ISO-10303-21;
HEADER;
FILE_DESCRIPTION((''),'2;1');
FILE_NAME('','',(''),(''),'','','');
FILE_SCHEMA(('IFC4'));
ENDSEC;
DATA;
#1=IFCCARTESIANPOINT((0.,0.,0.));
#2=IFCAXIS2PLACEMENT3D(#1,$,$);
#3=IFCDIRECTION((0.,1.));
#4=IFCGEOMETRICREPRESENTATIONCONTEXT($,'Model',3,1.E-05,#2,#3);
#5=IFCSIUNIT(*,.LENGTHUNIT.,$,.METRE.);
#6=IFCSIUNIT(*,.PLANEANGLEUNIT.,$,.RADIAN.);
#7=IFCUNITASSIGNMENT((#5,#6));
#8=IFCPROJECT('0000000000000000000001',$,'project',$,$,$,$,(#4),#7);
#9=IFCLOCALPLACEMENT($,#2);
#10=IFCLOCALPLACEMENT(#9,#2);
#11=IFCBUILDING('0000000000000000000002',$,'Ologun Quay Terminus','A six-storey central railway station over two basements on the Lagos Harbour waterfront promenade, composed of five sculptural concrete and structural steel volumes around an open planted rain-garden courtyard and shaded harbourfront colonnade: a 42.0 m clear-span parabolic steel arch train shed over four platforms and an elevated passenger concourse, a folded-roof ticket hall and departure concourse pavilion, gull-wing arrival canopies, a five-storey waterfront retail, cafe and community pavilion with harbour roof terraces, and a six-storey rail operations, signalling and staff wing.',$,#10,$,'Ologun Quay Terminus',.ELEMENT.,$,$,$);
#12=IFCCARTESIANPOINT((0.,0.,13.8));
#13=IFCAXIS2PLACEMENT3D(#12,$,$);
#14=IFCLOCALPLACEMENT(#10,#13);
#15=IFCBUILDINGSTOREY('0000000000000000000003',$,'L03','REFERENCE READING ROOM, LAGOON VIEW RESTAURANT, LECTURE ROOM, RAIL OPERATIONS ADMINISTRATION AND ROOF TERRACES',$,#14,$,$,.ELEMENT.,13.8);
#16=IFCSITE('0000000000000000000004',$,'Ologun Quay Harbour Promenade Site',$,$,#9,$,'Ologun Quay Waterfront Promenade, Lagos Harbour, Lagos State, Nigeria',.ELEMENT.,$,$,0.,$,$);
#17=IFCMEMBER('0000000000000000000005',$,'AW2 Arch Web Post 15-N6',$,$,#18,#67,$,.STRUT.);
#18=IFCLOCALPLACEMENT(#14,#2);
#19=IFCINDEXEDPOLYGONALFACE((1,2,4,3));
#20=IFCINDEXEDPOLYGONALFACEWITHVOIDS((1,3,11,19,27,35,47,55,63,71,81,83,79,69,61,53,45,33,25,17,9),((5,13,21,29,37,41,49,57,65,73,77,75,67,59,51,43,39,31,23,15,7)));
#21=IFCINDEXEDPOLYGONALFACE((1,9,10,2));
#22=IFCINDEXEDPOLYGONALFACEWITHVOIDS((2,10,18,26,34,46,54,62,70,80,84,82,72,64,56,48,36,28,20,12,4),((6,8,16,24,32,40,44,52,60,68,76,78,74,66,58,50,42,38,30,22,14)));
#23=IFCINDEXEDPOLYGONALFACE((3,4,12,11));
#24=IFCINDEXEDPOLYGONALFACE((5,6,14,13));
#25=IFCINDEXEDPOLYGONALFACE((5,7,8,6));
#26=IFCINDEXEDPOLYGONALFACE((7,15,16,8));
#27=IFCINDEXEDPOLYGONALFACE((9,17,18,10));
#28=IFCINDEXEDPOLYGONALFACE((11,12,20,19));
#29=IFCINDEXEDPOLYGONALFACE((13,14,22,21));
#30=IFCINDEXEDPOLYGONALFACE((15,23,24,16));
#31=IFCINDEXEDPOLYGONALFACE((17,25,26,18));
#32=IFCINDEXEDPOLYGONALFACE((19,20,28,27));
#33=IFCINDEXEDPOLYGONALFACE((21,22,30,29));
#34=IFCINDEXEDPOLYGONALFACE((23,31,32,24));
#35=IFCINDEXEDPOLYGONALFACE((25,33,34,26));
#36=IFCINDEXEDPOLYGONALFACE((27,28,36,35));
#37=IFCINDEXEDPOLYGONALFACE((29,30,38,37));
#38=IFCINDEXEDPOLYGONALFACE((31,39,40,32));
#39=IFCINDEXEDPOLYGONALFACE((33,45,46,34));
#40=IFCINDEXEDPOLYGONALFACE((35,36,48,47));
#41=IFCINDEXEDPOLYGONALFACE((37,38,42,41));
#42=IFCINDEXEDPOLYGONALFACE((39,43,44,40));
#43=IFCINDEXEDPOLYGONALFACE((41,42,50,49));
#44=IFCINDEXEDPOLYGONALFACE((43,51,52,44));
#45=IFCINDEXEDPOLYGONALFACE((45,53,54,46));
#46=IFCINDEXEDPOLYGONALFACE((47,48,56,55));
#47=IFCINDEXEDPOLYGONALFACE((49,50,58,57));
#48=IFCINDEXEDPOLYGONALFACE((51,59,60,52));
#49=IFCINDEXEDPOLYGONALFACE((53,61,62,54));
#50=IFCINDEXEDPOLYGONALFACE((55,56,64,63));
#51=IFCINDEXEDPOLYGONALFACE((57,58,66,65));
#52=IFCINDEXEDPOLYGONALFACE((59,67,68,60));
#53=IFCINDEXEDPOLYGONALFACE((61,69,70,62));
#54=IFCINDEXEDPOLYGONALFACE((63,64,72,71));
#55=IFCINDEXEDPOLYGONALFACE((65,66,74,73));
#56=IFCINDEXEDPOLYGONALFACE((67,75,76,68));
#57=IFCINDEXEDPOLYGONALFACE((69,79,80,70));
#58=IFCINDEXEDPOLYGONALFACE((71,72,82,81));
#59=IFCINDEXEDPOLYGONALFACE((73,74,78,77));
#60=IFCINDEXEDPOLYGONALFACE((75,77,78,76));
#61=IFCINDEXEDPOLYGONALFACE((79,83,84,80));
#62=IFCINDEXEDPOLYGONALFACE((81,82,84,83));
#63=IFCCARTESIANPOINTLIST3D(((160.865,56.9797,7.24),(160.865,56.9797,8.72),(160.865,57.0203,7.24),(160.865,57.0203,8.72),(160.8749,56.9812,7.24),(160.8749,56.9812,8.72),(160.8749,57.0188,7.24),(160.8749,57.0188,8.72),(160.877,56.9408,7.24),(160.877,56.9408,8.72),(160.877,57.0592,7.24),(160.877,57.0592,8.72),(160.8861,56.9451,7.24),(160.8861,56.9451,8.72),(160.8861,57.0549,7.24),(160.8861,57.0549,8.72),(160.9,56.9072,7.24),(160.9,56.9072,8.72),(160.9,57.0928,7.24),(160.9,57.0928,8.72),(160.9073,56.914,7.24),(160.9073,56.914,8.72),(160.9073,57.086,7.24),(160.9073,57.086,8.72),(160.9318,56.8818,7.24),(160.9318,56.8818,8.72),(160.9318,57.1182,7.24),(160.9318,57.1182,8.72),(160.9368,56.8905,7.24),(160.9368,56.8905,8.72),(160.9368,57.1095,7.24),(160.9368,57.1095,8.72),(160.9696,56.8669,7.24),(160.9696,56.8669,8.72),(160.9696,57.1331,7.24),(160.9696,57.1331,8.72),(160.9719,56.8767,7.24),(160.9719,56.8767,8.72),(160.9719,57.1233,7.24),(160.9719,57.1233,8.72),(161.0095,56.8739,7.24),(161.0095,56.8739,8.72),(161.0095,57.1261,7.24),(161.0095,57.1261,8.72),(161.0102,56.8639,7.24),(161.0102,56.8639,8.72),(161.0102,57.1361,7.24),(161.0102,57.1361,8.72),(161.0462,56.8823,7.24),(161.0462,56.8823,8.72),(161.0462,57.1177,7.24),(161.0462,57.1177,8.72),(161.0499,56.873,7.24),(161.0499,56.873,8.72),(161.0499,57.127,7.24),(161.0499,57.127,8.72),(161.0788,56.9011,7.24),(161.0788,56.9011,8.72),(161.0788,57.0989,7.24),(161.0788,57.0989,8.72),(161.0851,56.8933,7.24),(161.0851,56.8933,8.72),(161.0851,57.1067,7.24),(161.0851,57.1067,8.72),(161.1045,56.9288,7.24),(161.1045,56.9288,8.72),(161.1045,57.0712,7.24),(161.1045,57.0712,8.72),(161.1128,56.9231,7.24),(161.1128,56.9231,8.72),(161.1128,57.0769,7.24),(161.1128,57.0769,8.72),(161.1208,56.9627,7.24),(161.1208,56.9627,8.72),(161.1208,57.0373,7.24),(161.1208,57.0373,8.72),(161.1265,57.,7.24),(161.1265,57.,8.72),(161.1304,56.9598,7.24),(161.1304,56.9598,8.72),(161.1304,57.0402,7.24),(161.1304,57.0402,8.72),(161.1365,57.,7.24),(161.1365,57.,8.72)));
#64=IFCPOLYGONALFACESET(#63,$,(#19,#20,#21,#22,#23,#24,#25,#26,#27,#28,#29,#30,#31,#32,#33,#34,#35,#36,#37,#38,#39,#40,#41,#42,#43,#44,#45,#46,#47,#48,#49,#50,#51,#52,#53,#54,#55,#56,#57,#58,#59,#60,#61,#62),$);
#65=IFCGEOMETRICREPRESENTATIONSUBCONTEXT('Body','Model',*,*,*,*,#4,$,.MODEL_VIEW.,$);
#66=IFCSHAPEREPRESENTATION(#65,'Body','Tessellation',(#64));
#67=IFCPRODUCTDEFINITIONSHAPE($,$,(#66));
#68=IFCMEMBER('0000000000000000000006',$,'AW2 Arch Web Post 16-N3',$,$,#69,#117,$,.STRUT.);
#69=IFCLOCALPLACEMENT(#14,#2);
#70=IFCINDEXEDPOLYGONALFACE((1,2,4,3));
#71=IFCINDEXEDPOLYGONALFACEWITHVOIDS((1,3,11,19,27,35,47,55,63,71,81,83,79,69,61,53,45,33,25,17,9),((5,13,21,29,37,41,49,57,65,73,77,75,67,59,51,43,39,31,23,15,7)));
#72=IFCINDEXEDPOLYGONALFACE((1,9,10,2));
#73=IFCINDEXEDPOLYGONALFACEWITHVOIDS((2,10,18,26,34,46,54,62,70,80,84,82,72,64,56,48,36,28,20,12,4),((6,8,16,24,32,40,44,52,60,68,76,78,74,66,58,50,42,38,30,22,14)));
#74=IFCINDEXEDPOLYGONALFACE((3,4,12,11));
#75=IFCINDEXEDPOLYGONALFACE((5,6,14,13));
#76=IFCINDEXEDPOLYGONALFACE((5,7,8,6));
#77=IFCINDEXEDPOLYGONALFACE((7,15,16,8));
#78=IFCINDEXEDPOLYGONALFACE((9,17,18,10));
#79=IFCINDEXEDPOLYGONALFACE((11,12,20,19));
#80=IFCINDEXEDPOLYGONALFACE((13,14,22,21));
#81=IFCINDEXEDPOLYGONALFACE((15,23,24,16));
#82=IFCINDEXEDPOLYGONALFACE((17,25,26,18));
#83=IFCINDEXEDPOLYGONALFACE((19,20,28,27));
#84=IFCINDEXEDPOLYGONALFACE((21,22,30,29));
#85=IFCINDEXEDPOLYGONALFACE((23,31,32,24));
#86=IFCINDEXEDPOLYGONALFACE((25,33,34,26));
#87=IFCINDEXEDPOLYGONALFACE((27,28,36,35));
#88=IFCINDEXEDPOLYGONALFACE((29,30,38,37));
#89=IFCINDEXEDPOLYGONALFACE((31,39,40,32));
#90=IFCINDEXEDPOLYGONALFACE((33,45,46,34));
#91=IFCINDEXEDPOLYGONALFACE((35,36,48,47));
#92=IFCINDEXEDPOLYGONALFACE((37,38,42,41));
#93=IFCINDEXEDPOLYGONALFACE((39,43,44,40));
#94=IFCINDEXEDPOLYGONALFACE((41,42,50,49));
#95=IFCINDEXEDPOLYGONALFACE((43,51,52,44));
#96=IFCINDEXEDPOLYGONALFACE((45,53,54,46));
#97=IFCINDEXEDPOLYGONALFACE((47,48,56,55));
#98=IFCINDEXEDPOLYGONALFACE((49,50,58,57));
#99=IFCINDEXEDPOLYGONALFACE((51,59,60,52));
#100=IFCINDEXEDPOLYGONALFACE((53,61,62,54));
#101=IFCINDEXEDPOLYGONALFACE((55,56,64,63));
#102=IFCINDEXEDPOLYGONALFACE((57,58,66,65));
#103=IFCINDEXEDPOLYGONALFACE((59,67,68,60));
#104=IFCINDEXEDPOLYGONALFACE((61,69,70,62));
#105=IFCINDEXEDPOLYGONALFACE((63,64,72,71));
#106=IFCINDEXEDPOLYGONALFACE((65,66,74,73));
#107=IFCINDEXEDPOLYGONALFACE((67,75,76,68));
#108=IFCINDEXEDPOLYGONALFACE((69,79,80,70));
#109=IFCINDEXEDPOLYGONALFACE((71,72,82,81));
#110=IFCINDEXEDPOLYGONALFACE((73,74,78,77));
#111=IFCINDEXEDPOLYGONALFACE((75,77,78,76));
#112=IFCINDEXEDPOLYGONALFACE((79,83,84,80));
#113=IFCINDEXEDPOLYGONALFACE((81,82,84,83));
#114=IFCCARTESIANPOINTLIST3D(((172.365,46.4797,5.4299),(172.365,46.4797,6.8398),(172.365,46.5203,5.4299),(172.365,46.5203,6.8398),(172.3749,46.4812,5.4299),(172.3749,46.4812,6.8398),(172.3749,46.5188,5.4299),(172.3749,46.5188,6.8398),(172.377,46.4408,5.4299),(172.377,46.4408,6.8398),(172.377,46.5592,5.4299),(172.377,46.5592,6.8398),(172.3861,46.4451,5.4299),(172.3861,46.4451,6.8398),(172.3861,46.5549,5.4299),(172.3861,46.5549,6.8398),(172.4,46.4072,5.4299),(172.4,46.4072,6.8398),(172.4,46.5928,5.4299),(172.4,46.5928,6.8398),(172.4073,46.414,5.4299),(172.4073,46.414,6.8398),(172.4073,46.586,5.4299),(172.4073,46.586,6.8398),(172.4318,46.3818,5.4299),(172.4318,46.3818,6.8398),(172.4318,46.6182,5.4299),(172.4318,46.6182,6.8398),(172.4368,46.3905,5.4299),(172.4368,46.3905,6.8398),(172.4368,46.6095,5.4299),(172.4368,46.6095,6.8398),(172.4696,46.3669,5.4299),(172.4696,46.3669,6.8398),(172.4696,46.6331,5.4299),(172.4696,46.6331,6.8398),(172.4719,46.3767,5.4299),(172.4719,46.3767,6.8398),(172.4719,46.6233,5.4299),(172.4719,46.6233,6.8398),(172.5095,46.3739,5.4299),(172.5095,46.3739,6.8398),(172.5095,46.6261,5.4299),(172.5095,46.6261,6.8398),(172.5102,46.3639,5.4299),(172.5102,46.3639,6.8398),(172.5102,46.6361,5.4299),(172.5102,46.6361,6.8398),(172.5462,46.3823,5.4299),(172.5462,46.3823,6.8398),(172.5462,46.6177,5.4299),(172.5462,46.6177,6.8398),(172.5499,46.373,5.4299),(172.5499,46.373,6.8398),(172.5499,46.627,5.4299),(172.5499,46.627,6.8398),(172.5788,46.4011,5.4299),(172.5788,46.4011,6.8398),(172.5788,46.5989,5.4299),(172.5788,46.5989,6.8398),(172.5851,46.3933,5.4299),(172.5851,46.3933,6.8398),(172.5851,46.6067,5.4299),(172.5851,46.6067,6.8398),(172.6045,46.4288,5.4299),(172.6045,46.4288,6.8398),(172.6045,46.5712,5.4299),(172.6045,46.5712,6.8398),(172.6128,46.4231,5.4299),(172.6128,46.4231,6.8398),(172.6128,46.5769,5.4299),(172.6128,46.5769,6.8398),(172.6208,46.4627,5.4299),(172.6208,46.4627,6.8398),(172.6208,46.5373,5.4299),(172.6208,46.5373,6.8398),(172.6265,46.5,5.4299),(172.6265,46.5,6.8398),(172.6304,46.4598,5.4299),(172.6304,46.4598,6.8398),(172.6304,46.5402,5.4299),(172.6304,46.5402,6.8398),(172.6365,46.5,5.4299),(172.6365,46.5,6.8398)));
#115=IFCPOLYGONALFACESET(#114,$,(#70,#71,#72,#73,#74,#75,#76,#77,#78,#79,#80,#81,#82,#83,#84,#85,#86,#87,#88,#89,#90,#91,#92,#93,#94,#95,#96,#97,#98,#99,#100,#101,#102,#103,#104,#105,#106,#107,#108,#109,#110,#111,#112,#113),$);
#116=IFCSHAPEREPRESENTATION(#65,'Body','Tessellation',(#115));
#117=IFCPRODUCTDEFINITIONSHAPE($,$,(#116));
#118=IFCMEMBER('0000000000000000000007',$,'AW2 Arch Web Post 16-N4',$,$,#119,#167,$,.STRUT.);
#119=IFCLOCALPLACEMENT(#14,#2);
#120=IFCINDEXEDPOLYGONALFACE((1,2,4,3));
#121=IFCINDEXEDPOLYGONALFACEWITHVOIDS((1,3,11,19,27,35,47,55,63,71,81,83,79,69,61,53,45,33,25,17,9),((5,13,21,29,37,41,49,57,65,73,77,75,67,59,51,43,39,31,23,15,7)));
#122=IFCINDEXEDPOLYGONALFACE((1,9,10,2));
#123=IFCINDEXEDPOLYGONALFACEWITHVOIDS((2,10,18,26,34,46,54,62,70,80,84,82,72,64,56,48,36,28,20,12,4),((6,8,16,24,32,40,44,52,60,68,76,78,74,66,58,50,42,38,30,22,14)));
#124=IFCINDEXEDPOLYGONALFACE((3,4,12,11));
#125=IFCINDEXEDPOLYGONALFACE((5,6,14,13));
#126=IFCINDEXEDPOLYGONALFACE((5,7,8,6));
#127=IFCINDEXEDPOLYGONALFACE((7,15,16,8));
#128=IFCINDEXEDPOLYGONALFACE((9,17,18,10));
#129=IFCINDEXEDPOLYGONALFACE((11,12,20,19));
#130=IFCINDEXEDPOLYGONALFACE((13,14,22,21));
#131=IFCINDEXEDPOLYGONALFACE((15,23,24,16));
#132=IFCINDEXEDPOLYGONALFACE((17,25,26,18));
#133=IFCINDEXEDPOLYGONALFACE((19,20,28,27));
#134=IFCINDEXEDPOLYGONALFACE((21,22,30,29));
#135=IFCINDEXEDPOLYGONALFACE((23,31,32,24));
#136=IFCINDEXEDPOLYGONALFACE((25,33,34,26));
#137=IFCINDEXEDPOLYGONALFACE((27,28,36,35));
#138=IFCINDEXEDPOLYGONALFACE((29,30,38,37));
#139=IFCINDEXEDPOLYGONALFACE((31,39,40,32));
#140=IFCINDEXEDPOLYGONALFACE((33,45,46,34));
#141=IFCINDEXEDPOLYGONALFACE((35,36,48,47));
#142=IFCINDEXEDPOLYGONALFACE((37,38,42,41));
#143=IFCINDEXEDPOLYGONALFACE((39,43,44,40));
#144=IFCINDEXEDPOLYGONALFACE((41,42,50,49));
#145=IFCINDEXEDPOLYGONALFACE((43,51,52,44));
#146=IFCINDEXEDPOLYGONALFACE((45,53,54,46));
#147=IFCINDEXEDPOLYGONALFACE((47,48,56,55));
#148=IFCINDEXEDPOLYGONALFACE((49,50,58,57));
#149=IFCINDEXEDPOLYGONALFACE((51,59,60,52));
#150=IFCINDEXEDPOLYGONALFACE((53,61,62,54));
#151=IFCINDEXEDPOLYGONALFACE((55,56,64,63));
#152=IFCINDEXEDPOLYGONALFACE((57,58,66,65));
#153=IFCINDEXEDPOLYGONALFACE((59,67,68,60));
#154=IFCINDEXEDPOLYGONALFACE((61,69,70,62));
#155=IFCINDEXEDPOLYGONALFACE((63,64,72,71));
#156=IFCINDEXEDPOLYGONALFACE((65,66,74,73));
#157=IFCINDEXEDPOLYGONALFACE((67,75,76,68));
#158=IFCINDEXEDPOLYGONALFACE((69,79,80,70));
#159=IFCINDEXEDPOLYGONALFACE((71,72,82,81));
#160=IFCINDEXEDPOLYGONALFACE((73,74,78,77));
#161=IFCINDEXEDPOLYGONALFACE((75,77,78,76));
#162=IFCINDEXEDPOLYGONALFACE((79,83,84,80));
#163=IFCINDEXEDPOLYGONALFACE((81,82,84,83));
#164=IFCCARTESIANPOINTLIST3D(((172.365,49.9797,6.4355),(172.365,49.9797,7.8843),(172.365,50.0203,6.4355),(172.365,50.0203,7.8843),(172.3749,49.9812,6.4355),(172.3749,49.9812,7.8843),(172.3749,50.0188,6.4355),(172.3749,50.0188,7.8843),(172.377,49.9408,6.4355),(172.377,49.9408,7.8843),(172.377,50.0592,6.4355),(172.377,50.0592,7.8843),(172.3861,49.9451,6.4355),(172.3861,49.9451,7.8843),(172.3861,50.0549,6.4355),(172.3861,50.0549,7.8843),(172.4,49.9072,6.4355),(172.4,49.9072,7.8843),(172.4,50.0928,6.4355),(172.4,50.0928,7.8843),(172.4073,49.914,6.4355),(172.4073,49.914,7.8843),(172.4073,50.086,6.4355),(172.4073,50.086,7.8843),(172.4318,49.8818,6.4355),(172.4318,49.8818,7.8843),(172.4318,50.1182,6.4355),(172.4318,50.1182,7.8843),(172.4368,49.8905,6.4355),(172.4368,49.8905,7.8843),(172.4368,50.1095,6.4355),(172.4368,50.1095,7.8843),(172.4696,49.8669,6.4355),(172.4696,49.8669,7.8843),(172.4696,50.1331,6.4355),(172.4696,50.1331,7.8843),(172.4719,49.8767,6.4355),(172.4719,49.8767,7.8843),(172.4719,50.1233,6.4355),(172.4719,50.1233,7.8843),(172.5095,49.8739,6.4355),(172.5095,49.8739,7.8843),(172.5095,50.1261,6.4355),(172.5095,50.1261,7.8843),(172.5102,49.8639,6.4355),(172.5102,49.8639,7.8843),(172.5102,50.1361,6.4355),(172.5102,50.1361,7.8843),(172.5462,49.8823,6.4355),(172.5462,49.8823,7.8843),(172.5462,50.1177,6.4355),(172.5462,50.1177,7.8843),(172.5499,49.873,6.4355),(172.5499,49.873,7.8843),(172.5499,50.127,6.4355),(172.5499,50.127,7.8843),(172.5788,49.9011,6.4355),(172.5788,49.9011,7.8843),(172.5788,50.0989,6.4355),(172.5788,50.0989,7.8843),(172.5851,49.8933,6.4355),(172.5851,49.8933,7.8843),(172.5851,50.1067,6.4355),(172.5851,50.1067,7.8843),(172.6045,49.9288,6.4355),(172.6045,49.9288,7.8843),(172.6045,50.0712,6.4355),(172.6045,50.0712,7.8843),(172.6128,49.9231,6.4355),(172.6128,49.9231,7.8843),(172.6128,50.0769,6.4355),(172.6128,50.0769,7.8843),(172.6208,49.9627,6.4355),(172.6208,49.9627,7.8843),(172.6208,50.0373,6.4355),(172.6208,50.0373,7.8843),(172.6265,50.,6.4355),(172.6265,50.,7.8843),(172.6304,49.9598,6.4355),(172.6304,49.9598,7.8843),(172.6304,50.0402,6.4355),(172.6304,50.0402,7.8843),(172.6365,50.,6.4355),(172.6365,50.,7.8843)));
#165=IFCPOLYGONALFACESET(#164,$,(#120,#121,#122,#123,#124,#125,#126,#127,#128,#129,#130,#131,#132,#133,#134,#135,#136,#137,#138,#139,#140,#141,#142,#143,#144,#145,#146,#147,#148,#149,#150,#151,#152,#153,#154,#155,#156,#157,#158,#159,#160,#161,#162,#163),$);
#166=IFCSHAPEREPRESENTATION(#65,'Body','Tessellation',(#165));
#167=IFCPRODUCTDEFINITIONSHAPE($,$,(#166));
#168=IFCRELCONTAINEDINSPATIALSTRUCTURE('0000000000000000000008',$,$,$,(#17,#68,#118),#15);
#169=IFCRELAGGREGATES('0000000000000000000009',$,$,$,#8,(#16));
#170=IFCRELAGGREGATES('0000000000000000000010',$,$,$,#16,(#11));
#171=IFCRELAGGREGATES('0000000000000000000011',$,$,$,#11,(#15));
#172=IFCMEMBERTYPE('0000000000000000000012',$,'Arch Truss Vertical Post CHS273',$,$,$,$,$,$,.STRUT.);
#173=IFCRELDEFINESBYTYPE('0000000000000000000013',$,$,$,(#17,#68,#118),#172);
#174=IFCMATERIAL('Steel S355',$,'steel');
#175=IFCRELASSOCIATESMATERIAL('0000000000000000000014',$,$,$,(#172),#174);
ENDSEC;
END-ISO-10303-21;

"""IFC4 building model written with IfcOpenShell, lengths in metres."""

from ifc_helpers import new_model, si_unit, direction, frame, origin, origin_2d, place, context, subcontext, project, spatial, hollow_circle, extrude, material, material_profile, profile_set, type_object, element, save


model = new_model("IFC4")

# Units and contexts
model_context = context("Model", 3, precision=1e-05, world=origin(), true_north=direction((0.0, 1.0)))
body_context = subcontext(model_context, "Body", "Model", "MODEL_VIEW")
ifc_project = project(units=[si_unit("LENGTHUNIT", "METRE"), si_unit("PLANEANGLEUNIT", "RADIAN")], contexts=[model_context])

# Site, building, storey
site_placement = place(None, origin())
site = spatial("IfcSite", under=ifc_project, at=site_placement, Name="Ologun Quay Harbour Promenade Site", LongName="Ologun Quay Waterfront Promenade, Lagos Harbour, Lagos State, Nigeria", CompositionType="ELEMENT", RefElevation=0.0)
building_placement = place(site_placement, origin())
building = spatial("IfcBuilding", under=site, at=building_placement, Name="Ologun Quay Terminus", Description="A six-storey central railway station over two basements on the Lagos Harbour waterfront promenade, composed of five sculptural concrete and structural steel volumes around an open planted rain-garden courtyard and shaded harbourfront colonnade: a 42.0 m clear-span parabolic steel arch train shed over four platforms and an elevated passenger concourse, a folded-roof ticket hall and departure concourse pavilion, gull-wing arrival canopies, a five-storey waterfront retail, cafe and community pavilion with harbour roof terraces, and a six-storey rail operations, signalling and staff wing.", LongName="Ologun Quay Terminus", CompositionType="ELEMENT")
storey_placement = place(building_placement, frame((0.0, 0.0, 13.8)))
storey = spatial("IfcBuildingStorey", under=building, at=storey_placement, Name="L03", Description="REFERENCE READING ROOM, LAGOON VIEW RESTAURANT, LECTURE ROOM, RAIL OPERATIONS ADMINISTRATION AND ROOF TERRACES", CompositionType="ELEMENT", Elevation=13.8)

# Members
ifc_material_1 = material(Name="Steel S355", Category="steel")
ifc_material_profile_1 = material_profile(ifc_material_1, hollow_circle(Radius=0.1365, WallThickness=0.01, at=origin_2d()), Name="CHS 273x10")
ifc_profile_set_1 = profile_set([ifc_material_profile_1], Name="Steel S355")
member_type_1 = type_object("IfcMemberType", Name="Arch Truss Vertical Post CHS273", PredefinedType="STRUT", material=ifc_profile_set_1)
member_1_placement = place(storey_placement, frame((161.0, 57.0, 7.24), z_axis=(0.0, 0.0, 1.0), x_axis=(1.0, 0.0, 0.0)))
element("IfcMember", 1, at=member_1_placement, inside=storey, type_object=member_type_1, Name="AW2 Arch Web Post 15-N6", PredefinedType="STRUT", context=body_context, shape_type="SweptSolid", body=[
    extrude(hollow_circle(Radius=0.1365, WallThickness=0.01, at=origin_2d()), origin(), (0.0, 0.0, 1.0), 1.48),
])
member_2_placement = place(storey_placement, frame((172.5, 46.5, 5.4299), z_axis=(0.0, 0.0, 1.0), x_axis=(1.0, 0.0, 0.0)))
element("IfcMember", 2, at=member_2_placement, inside=storey, type_object=member_type_1, Name="AW2 Arch Web Post 16-N3", PredefinedType="STRUT", context=body_context, shape_type="SweptSolid", body=[
    extrude(hollow_circle(Radius=0.1365, WallThickness=0.01, at=origin_2d()), origin(), (0.0, 0.0, 1.0), 1.4099),
])
member_3_placement = place(storey_placement, frame((172.5, 50.0, 6.4355), z_axis=(0.0, 0.0, 1.0), x_axis=(1.0, 0.0, 0.0)))
element("IfcMember", 3, at=member_3_placement, inside=storey, type_object=member_type_1, Name="AW2 Arch Web Post 16-N4", PredefinedType="STRUT", context=body_context, shape_type="SweptSolid", body=[
    extrude(hollow_circle(Radius=0.1365, WallThickness=0.01, at=origin_2d()), origin(), (0.0, 0.0, 1.0), 1.4487),
])

save(model, "model.ifc")
